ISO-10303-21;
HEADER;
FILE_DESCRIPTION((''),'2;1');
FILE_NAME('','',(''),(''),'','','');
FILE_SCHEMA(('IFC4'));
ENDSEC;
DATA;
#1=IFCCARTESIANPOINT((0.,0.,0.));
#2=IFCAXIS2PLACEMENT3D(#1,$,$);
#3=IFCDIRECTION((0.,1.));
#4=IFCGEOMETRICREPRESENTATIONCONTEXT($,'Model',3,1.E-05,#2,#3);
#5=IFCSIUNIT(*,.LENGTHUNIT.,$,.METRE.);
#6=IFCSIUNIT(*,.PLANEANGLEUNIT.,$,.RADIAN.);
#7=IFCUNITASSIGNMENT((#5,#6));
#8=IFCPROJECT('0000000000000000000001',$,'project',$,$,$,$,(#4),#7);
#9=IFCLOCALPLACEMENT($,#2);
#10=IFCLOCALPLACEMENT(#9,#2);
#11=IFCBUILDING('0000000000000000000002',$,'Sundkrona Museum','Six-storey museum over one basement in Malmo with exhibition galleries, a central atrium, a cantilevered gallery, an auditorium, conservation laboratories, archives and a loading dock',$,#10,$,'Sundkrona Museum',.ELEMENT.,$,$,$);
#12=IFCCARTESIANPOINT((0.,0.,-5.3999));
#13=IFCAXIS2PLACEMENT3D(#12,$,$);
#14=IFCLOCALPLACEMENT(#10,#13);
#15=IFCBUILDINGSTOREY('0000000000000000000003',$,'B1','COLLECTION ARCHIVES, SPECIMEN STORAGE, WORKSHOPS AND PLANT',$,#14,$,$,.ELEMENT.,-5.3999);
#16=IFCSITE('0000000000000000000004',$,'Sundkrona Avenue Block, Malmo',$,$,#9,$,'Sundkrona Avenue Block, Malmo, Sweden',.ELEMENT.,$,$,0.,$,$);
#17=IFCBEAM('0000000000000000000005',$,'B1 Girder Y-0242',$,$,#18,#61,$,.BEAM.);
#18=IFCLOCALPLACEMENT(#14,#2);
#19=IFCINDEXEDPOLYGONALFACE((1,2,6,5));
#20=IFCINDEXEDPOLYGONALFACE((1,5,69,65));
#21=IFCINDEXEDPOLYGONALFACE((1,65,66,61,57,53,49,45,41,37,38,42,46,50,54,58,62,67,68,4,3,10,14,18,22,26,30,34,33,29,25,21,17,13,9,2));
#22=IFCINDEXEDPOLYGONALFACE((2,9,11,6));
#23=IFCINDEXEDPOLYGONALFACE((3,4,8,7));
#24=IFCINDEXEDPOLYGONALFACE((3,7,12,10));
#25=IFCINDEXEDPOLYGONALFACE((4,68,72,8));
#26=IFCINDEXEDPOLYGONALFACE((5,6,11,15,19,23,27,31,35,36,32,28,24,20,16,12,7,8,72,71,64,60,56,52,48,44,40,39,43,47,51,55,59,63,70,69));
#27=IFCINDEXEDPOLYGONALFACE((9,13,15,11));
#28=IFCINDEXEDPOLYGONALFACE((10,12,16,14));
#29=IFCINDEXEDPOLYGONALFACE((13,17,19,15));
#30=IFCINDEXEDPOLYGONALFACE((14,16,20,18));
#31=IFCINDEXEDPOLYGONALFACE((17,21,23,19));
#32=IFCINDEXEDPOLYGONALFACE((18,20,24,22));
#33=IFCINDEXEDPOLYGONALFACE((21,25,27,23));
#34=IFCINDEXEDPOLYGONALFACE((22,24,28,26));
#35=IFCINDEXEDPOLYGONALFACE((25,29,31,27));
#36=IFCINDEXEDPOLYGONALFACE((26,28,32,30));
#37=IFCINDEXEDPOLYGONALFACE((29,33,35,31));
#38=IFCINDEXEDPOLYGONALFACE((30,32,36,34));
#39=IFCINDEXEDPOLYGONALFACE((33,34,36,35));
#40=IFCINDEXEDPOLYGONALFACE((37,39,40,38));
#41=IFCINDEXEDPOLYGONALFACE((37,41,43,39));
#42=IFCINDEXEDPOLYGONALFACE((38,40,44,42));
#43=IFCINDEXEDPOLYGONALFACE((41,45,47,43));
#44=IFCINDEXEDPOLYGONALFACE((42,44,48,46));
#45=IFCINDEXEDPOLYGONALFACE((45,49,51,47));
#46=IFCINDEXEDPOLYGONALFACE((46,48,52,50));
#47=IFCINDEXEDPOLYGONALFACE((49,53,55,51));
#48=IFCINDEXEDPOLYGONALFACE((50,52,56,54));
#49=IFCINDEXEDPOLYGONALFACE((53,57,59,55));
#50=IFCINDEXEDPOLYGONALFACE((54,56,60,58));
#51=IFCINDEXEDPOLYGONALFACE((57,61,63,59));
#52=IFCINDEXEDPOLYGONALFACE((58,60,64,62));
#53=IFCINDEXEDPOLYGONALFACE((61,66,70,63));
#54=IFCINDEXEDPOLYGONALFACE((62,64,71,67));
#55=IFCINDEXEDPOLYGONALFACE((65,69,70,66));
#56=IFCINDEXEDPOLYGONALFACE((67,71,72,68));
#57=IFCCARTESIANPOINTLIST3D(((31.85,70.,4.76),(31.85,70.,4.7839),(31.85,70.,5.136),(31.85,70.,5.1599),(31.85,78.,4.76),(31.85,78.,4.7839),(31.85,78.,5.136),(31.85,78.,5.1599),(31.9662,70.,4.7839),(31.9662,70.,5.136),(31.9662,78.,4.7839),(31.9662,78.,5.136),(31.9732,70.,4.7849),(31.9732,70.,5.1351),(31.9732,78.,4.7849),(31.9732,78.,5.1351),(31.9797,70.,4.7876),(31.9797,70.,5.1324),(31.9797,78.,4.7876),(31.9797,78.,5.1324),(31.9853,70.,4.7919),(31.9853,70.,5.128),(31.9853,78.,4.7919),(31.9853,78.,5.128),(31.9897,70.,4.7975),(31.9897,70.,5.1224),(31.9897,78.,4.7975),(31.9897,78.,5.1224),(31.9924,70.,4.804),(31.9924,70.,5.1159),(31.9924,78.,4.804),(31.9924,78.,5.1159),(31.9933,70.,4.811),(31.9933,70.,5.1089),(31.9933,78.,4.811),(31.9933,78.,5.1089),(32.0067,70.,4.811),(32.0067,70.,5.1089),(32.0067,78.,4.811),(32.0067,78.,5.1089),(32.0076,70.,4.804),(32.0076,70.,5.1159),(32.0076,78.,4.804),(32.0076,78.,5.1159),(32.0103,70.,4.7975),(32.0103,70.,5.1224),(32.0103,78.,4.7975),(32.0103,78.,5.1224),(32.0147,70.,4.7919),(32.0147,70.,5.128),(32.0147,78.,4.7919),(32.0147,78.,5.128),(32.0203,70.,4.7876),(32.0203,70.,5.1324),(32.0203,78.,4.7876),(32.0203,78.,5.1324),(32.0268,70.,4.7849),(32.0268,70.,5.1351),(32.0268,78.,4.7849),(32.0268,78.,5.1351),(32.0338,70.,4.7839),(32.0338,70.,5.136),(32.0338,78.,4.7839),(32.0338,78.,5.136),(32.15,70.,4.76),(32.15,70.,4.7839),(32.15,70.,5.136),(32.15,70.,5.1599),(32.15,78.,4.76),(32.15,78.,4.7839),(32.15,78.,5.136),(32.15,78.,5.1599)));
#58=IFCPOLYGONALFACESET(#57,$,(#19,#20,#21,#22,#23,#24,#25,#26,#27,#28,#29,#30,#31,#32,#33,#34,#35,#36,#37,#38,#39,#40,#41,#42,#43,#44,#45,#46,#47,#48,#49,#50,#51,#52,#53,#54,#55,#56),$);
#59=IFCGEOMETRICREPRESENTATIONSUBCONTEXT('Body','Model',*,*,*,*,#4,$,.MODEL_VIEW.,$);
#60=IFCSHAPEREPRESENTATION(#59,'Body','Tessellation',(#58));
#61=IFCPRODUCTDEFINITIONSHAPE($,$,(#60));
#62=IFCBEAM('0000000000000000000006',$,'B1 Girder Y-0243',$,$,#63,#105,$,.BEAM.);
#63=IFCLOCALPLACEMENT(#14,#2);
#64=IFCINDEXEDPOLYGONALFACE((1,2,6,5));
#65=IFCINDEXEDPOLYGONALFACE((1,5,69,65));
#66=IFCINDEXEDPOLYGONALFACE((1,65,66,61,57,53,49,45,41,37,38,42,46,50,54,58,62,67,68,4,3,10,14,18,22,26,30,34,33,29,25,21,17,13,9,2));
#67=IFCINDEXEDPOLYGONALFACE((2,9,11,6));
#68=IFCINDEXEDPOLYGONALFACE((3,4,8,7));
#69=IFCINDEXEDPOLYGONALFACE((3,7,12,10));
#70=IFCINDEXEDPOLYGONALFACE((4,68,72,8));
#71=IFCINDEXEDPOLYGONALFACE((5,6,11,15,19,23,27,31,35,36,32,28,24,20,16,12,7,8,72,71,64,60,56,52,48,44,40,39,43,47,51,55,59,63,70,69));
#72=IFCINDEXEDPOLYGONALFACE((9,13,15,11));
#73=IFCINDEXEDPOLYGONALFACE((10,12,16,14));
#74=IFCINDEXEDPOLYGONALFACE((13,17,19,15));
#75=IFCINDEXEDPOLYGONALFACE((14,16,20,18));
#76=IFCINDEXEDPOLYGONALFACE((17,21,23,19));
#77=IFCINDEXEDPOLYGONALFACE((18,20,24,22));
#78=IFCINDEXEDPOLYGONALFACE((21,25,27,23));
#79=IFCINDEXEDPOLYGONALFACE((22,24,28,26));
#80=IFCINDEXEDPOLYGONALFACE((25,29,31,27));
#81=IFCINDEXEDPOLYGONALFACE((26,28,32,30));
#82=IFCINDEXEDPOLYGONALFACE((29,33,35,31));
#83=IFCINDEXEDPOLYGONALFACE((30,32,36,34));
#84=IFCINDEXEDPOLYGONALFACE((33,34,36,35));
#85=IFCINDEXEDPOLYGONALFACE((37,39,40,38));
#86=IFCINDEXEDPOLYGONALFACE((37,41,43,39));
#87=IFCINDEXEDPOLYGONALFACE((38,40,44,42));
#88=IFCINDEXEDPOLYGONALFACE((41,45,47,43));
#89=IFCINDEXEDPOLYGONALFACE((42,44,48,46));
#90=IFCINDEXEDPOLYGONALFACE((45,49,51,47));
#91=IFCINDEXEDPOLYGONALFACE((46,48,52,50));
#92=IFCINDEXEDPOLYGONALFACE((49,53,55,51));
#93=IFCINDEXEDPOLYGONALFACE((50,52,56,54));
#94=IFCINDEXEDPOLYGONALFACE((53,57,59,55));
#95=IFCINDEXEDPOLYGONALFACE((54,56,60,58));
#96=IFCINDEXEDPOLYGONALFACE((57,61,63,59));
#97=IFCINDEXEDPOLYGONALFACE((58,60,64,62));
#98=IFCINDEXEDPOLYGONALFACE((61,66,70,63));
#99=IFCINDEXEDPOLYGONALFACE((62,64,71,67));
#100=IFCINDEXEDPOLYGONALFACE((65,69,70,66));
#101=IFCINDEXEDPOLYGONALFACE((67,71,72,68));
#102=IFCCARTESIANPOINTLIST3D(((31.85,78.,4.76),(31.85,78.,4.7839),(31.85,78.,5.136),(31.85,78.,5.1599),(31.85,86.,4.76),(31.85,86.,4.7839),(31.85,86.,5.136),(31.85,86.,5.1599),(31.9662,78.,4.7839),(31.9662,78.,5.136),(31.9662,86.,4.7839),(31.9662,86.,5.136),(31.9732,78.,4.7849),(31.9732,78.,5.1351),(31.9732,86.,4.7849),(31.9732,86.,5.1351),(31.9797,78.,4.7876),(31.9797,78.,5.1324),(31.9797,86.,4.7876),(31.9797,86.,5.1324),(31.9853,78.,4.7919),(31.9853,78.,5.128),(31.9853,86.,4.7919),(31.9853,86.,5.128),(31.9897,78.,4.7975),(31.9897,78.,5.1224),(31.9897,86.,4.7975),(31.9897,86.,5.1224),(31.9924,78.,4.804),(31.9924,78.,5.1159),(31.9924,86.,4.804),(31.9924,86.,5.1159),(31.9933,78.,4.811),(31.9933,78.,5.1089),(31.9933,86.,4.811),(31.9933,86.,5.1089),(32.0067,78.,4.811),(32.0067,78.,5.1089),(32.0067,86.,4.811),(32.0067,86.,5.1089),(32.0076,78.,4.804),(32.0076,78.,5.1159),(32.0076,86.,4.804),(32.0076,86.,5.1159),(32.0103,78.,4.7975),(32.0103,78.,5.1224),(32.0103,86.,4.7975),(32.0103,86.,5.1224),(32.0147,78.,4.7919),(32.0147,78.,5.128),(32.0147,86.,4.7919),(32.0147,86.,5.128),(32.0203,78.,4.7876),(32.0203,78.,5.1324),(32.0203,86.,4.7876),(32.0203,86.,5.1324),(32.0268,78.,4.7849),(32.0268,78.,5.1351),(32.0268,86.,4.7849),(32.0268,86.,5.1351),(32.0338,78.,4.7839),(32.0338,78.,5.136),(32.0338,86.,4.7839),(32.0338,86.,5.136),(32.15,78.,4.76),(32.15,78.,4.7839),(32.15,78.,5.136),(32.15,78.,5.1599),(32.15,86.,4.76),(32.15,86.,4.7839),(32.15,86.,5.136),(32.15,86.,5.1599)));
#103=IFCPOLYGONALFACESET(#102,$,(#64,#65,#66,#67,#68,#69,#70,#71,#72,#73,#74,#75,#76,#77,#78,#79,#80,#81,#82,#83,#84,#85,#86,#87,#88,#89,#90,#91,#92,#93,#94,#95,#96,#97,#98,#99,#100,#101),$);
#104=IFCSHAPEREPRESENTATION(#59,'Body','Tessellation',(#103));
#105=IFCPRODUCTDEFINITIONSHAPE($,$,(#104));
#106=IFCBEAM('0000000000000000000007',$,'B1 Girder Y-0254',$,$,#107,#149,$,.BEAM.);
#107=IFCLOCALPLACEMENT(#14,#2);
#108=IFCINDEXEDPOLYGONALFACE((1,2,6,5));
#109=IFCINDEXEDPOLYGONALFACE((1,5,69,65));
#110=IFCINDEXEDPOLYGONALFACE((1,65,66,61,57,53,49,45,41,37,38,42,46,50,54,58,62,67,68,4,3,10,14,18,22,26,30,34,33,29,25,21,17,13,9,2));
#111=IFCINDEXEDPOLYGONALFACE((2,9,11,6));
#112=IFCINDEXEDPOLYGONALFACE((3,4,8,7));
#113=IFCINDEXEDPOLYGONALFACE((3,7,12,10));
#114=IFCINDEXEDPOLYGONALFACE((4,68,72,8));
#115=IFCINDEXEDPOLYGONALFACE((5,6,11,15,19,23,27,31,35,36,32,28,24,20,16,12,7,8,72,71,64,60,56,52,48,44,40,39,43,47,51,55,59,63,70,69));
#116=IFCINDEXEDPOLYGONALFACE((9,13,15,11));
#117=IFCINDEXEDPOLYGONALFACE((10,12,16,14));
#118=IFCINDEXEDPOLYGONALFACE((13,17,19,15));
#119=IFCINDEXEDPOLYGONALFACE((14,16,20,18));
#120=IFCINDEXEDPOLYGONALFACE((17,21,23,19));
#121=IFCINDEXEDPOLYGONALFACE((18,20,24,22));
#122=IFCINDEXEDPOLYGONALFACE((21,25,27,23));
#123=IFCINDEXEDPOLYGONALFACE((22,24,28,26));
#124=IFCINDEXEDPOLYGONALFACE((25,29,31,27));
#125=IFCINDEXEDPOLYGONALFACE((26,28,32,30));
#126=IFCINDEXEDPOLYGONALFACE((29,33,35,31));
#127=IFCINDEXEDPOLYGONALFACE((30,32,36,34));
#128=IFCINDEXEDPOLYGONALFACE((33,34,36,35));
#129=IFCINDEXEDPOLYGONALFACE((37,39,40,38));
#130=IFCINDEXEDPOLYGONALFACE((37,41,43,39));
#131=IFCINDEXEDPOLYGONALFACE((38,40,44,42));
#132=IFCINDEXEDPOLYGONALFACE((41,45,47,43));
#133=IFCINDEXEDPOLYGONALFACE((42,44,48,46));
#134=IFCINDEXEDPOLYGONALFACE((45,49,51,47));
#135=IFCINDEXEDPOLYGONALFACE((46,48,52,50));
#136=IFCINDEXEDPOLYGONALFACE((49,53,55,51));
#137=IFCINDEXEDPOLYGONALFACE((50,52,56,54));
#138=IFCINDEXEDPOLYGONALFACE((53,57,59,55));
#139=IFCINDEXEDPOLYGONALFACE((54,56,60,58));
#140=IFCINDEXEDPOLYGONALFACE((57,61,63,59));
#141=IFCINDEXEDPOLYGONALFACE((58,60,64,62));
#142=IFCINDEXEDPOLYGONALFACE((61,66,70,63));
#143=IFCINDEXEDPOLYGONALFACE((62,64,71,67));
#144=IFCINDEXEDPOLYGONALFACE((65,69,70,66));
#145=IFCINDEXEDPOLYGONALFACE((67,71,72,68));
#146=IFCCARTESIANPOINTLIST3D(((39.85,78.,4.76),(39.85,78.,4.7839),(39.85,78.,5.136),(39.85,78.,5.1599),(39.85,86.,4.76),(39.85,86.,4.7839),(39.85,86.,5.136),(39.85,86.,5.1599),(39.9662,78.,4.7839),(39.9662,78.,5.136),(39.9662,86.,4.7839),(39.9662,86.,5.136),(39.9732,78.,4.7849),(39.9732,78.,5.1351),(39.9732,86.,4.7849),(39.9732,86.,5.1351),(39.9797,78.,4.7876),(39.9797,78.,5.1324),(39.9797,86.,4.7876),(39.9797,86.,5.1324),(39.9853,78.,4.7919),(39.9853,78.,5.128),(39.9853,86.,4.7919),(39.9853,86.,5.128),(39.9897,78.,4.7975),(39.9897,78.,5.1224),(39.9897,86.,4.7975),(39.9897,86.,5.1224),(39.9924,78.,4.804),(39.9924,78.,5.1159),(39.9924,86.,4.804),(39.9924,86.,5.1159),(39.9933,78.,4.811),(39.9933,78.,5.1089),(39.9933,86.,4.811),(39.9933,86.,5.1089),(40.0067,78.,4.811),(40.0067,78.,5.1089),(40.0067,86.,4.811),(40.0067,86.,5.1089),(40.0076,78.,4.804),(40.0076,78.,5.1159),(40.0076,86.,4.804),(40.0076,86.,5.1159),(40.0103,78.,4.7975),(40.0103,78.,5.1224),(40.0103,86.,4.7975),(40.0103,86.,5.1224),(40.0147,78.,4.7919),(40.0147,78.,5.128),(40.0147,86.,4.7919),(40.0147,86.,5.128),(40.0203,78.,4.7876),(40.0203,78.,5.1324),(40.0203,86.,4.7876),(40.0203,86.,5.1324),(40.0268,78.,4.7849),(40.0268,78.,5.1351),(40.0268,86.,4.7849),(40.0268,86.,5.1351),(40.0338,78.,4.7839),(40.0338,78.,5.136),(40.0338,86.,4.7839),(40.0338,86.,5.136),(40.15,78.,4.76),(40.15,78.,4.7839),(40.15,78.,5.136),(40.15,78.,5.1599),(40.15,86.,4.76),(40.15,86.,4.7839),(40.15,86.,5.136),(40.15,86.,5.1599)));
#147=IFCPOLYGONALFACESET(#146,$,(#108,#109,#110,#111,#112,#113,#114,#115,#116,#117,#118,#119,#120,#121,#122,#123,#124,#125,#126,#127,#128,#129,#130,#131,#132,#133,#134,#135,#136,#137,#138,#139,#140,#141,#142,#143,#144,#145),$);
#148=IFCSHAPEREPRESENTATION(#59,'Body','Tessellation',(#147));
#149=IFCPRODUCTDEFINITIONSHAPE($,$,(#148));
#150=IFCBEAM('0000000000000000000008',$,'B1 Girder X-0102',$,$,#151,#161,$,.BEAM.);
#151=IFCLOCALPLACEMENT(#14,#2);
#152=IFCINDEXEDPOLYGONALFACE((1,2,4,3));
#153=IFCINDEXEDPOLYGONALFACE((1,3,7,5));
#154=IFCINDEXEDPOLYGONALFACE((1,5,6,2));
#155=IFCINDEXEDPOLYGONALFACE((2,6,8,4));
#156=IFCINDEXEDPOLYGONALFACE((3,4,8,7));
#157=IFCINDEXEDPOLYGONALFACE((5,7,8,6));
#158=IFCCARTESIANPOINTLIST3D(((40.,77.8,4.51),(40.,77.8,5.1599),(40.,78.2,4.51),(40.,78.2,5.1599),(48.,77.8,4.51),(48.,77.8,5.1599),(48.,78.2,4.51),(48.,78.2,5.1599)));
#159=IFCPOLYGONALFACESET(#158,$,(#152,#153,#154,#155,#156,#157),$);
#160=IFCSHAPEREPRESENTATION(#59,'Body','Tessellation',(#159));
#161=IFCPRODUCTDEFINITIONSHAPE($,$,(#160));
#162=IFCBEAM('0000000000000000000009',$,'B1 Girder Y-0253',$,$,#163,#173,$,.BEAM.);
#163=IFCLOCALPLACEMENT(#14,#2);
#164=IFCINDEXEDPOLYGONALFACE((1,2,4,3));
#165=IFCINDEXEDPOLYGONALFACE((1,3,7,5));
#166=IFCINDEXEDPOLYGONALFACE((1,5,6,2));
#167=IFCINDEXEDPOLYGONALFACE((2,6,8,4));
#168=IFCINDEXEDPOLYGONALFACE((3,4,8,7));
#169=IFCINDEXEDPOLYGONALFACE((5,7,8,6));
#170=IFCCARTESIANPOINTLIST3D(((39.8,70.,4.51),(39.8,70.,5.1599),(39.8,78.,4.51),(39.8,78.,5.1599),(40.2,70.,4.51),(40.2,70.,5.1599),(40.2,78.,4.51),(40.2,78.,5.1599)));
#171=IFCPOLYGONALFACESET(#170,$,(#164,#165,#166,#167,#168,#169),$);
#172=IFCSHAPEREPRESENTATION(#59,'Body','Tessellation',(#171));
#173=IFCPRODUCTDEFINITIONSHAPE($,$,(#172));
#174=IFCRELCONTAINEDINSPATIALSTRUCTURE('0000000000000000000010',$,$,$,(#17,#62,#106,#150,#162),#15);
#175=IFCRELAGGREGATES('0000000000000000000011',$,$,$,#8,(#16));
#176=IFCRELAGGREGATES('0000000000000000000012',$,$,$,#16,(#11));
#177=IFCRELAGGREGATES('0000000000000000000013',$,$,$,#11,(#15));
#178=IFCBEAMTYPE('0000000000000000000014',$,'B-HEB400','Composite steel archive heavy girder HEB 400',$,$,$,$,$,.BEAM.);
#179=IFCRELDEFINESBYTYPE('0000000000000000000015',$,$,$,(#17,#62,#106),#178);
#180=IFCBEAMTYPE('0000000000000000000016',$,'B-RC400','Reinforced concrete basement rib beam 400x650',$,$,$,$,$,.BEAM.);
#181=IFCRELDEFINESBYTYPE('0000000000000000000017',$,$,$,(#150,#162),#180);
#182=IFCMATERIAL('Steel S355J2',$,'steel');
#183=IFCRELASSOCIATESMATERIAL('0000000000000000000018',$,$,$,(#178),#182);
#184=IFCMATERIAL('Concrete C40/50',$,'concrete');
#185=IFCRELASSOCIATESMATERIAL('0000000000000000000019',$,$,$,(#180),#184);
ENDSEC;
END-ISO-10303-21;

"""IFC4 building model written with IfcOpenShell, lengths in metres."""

from ifc_helpers import new_model, si_unit, direction, frame, origin, origin_2d, place, context, subcontext, project, spatial, rectangle, i_section, extrude, material, material_profile, profile_set, type_object, element, save


model = new_model("IFC4")

# Units and contexts
model_context = context("Model", 3, precision=1e-05, world=origin(), true_north=direction((0.0, 1.0)))
body_context = subcontext(model_context, "Body", "Model", "MODEL_VIEW")
ifc_project = project(units=[si_unit("LENGTHUNIT", "METRE"), si_unit("PLANEANGLEUNIT", "RADIAN")], contexts=[model_context])

# Site, building, storey
site_placement = place(None, origin())
site = spatial("IfcSite", under=ifc_project, at=site_placement, Name="Sundkrona Avenue Block, Malmo", LongName="Sundkrona Avenue Block, Malmo, Sweden", CompositionType="ELEMENT", RefElevation=0.0)
building_placement = place(site_placement, origin())
building = spatial("IfcBuilding", under=site, at=building_placement, Name="Sundkrona Museum", Description="Six-storey museum over one basement in Malmo with exhibition galleries, a central atrium, a cantilevered gallery, an auditorium, conservation laboratories, archives and a loading dock", LongName="Sundkrona Museum", CompositionType="ELEMENT")
storey_placement = place(building_placement, frame((0.0, 0.0, -5.3999)))
storey = spatial("IfcBuildingStorey", under=building, at=storey_placement, Name="B1", Description="COLLECTION ARCHIVES, SPECIMEN STORAGE, WORKSHOPS AND PLANT", CompositionType="ELEMENT", Elevation=-5.3999)

# Shared definitions
ifc_material_1 = material(Name="Concrete C40/50", Category="concrete")

# Beams
ifc_material_2 = material(Name="Steel S355J2", Category="steel")
ifc_material_profile_1 = material_profile(ifc_material_2, i_section(OverallWidth=0.3, OverallDepth=0.3999, WebThickness=0.0134, FlangeThickness=0.0239, FilletRadius=0.0271, at=origin_2d()), Name="HEB 400")
ifc_profile_set_1 = profile_set([ifc_material_profile_1], Name="Steel S355J2")
beam_type_1 = type_object("IfcBeamType", Name="B-HEB400", Description="Composite steel archive heavy girder HEB 400", PredefinedType="BEAM", material=ifc_profile_set_1)
for number, where, z_axis, x_axis, name in (
    (1, (32.0, 70.0, 4.96), (0.0, 1.0, 0.0), (-1.0, 0.0, 0.0), "B1 Girder Y-0242"),
    (2, (32.0, 78.0, 4.96), (0.0, 1.0, 0.0), (-1.0, 0.0, 0.0), "B1 Girder Y-0243"),
    (3, (40.0, 78.0, 4.96), (0.0, 1.0, 0.0), (-1.0, 0.0, 0.0), "B1 Girder Y-0254"),
):
    element("IfcBeam", number, at=place(storey_placement, frame(where, z_axis=z_axis, x_axis=x_axis)), inside=storey, type_object=beam_type_1, Name=name, PredefinedType="BEAM", context=body_context, shape_type="SweptSolid", body=[
        extrude(i_section(OverallWidth=0.3, OverallDepth=0.3999, WebThickness=0.0134, FlangeThickness=0.0239, FilletRadius=0.0271, at=origin_2d()), origin(), (0.0, 0.0, 1.0), 8.0),
    ])
ifc_material_profile_2 = material_profile(ifc_material_1, rectangle(XDim=0.3999, YDim=0.6499, at=origin_2d()), Name="RCB 400x650")
ifc_profile_set_2 = profile_set([ifc_material_profile_2], Name="Concrete C40/50")
beam_type_2 = type_object("IfcBeamType", Name="B-RC400", Description="Reinforced concrete basement rib beam 400x650", PredefinedType="BEAM", material=ifc_profile_set_2)
for number, where, z_axis, x_axis, name in (
    (4, (40.0, 78.0, 4.835), (1.0, 0.0, 0.0), (0.0, 1.0, 0.0), "B1 Girder X-0102"),
    (5, (40.0, 70.0, 4.835), (0.0, 1.0, 0.0), (-1.0, 0.0, 0.0), "B1 Girder Y-0253"),
):
    element("IfcBeam", number, at=place(storey_placement, frame(where, z_axis=z_axis, x_axis=x_axis)), inside=storey, type_object=beam_type_2, Name=name, PredefinedType="BEAM", context=body_context, shape_type="SweptSolid", body=[
        extrude(rectangle(XDim=0.3999, YDim=0.6499, at=origin_2d()), origin(), (0.0, 0.0, 1.0), 8.0),
    ])

save(model, "model.ifc")
